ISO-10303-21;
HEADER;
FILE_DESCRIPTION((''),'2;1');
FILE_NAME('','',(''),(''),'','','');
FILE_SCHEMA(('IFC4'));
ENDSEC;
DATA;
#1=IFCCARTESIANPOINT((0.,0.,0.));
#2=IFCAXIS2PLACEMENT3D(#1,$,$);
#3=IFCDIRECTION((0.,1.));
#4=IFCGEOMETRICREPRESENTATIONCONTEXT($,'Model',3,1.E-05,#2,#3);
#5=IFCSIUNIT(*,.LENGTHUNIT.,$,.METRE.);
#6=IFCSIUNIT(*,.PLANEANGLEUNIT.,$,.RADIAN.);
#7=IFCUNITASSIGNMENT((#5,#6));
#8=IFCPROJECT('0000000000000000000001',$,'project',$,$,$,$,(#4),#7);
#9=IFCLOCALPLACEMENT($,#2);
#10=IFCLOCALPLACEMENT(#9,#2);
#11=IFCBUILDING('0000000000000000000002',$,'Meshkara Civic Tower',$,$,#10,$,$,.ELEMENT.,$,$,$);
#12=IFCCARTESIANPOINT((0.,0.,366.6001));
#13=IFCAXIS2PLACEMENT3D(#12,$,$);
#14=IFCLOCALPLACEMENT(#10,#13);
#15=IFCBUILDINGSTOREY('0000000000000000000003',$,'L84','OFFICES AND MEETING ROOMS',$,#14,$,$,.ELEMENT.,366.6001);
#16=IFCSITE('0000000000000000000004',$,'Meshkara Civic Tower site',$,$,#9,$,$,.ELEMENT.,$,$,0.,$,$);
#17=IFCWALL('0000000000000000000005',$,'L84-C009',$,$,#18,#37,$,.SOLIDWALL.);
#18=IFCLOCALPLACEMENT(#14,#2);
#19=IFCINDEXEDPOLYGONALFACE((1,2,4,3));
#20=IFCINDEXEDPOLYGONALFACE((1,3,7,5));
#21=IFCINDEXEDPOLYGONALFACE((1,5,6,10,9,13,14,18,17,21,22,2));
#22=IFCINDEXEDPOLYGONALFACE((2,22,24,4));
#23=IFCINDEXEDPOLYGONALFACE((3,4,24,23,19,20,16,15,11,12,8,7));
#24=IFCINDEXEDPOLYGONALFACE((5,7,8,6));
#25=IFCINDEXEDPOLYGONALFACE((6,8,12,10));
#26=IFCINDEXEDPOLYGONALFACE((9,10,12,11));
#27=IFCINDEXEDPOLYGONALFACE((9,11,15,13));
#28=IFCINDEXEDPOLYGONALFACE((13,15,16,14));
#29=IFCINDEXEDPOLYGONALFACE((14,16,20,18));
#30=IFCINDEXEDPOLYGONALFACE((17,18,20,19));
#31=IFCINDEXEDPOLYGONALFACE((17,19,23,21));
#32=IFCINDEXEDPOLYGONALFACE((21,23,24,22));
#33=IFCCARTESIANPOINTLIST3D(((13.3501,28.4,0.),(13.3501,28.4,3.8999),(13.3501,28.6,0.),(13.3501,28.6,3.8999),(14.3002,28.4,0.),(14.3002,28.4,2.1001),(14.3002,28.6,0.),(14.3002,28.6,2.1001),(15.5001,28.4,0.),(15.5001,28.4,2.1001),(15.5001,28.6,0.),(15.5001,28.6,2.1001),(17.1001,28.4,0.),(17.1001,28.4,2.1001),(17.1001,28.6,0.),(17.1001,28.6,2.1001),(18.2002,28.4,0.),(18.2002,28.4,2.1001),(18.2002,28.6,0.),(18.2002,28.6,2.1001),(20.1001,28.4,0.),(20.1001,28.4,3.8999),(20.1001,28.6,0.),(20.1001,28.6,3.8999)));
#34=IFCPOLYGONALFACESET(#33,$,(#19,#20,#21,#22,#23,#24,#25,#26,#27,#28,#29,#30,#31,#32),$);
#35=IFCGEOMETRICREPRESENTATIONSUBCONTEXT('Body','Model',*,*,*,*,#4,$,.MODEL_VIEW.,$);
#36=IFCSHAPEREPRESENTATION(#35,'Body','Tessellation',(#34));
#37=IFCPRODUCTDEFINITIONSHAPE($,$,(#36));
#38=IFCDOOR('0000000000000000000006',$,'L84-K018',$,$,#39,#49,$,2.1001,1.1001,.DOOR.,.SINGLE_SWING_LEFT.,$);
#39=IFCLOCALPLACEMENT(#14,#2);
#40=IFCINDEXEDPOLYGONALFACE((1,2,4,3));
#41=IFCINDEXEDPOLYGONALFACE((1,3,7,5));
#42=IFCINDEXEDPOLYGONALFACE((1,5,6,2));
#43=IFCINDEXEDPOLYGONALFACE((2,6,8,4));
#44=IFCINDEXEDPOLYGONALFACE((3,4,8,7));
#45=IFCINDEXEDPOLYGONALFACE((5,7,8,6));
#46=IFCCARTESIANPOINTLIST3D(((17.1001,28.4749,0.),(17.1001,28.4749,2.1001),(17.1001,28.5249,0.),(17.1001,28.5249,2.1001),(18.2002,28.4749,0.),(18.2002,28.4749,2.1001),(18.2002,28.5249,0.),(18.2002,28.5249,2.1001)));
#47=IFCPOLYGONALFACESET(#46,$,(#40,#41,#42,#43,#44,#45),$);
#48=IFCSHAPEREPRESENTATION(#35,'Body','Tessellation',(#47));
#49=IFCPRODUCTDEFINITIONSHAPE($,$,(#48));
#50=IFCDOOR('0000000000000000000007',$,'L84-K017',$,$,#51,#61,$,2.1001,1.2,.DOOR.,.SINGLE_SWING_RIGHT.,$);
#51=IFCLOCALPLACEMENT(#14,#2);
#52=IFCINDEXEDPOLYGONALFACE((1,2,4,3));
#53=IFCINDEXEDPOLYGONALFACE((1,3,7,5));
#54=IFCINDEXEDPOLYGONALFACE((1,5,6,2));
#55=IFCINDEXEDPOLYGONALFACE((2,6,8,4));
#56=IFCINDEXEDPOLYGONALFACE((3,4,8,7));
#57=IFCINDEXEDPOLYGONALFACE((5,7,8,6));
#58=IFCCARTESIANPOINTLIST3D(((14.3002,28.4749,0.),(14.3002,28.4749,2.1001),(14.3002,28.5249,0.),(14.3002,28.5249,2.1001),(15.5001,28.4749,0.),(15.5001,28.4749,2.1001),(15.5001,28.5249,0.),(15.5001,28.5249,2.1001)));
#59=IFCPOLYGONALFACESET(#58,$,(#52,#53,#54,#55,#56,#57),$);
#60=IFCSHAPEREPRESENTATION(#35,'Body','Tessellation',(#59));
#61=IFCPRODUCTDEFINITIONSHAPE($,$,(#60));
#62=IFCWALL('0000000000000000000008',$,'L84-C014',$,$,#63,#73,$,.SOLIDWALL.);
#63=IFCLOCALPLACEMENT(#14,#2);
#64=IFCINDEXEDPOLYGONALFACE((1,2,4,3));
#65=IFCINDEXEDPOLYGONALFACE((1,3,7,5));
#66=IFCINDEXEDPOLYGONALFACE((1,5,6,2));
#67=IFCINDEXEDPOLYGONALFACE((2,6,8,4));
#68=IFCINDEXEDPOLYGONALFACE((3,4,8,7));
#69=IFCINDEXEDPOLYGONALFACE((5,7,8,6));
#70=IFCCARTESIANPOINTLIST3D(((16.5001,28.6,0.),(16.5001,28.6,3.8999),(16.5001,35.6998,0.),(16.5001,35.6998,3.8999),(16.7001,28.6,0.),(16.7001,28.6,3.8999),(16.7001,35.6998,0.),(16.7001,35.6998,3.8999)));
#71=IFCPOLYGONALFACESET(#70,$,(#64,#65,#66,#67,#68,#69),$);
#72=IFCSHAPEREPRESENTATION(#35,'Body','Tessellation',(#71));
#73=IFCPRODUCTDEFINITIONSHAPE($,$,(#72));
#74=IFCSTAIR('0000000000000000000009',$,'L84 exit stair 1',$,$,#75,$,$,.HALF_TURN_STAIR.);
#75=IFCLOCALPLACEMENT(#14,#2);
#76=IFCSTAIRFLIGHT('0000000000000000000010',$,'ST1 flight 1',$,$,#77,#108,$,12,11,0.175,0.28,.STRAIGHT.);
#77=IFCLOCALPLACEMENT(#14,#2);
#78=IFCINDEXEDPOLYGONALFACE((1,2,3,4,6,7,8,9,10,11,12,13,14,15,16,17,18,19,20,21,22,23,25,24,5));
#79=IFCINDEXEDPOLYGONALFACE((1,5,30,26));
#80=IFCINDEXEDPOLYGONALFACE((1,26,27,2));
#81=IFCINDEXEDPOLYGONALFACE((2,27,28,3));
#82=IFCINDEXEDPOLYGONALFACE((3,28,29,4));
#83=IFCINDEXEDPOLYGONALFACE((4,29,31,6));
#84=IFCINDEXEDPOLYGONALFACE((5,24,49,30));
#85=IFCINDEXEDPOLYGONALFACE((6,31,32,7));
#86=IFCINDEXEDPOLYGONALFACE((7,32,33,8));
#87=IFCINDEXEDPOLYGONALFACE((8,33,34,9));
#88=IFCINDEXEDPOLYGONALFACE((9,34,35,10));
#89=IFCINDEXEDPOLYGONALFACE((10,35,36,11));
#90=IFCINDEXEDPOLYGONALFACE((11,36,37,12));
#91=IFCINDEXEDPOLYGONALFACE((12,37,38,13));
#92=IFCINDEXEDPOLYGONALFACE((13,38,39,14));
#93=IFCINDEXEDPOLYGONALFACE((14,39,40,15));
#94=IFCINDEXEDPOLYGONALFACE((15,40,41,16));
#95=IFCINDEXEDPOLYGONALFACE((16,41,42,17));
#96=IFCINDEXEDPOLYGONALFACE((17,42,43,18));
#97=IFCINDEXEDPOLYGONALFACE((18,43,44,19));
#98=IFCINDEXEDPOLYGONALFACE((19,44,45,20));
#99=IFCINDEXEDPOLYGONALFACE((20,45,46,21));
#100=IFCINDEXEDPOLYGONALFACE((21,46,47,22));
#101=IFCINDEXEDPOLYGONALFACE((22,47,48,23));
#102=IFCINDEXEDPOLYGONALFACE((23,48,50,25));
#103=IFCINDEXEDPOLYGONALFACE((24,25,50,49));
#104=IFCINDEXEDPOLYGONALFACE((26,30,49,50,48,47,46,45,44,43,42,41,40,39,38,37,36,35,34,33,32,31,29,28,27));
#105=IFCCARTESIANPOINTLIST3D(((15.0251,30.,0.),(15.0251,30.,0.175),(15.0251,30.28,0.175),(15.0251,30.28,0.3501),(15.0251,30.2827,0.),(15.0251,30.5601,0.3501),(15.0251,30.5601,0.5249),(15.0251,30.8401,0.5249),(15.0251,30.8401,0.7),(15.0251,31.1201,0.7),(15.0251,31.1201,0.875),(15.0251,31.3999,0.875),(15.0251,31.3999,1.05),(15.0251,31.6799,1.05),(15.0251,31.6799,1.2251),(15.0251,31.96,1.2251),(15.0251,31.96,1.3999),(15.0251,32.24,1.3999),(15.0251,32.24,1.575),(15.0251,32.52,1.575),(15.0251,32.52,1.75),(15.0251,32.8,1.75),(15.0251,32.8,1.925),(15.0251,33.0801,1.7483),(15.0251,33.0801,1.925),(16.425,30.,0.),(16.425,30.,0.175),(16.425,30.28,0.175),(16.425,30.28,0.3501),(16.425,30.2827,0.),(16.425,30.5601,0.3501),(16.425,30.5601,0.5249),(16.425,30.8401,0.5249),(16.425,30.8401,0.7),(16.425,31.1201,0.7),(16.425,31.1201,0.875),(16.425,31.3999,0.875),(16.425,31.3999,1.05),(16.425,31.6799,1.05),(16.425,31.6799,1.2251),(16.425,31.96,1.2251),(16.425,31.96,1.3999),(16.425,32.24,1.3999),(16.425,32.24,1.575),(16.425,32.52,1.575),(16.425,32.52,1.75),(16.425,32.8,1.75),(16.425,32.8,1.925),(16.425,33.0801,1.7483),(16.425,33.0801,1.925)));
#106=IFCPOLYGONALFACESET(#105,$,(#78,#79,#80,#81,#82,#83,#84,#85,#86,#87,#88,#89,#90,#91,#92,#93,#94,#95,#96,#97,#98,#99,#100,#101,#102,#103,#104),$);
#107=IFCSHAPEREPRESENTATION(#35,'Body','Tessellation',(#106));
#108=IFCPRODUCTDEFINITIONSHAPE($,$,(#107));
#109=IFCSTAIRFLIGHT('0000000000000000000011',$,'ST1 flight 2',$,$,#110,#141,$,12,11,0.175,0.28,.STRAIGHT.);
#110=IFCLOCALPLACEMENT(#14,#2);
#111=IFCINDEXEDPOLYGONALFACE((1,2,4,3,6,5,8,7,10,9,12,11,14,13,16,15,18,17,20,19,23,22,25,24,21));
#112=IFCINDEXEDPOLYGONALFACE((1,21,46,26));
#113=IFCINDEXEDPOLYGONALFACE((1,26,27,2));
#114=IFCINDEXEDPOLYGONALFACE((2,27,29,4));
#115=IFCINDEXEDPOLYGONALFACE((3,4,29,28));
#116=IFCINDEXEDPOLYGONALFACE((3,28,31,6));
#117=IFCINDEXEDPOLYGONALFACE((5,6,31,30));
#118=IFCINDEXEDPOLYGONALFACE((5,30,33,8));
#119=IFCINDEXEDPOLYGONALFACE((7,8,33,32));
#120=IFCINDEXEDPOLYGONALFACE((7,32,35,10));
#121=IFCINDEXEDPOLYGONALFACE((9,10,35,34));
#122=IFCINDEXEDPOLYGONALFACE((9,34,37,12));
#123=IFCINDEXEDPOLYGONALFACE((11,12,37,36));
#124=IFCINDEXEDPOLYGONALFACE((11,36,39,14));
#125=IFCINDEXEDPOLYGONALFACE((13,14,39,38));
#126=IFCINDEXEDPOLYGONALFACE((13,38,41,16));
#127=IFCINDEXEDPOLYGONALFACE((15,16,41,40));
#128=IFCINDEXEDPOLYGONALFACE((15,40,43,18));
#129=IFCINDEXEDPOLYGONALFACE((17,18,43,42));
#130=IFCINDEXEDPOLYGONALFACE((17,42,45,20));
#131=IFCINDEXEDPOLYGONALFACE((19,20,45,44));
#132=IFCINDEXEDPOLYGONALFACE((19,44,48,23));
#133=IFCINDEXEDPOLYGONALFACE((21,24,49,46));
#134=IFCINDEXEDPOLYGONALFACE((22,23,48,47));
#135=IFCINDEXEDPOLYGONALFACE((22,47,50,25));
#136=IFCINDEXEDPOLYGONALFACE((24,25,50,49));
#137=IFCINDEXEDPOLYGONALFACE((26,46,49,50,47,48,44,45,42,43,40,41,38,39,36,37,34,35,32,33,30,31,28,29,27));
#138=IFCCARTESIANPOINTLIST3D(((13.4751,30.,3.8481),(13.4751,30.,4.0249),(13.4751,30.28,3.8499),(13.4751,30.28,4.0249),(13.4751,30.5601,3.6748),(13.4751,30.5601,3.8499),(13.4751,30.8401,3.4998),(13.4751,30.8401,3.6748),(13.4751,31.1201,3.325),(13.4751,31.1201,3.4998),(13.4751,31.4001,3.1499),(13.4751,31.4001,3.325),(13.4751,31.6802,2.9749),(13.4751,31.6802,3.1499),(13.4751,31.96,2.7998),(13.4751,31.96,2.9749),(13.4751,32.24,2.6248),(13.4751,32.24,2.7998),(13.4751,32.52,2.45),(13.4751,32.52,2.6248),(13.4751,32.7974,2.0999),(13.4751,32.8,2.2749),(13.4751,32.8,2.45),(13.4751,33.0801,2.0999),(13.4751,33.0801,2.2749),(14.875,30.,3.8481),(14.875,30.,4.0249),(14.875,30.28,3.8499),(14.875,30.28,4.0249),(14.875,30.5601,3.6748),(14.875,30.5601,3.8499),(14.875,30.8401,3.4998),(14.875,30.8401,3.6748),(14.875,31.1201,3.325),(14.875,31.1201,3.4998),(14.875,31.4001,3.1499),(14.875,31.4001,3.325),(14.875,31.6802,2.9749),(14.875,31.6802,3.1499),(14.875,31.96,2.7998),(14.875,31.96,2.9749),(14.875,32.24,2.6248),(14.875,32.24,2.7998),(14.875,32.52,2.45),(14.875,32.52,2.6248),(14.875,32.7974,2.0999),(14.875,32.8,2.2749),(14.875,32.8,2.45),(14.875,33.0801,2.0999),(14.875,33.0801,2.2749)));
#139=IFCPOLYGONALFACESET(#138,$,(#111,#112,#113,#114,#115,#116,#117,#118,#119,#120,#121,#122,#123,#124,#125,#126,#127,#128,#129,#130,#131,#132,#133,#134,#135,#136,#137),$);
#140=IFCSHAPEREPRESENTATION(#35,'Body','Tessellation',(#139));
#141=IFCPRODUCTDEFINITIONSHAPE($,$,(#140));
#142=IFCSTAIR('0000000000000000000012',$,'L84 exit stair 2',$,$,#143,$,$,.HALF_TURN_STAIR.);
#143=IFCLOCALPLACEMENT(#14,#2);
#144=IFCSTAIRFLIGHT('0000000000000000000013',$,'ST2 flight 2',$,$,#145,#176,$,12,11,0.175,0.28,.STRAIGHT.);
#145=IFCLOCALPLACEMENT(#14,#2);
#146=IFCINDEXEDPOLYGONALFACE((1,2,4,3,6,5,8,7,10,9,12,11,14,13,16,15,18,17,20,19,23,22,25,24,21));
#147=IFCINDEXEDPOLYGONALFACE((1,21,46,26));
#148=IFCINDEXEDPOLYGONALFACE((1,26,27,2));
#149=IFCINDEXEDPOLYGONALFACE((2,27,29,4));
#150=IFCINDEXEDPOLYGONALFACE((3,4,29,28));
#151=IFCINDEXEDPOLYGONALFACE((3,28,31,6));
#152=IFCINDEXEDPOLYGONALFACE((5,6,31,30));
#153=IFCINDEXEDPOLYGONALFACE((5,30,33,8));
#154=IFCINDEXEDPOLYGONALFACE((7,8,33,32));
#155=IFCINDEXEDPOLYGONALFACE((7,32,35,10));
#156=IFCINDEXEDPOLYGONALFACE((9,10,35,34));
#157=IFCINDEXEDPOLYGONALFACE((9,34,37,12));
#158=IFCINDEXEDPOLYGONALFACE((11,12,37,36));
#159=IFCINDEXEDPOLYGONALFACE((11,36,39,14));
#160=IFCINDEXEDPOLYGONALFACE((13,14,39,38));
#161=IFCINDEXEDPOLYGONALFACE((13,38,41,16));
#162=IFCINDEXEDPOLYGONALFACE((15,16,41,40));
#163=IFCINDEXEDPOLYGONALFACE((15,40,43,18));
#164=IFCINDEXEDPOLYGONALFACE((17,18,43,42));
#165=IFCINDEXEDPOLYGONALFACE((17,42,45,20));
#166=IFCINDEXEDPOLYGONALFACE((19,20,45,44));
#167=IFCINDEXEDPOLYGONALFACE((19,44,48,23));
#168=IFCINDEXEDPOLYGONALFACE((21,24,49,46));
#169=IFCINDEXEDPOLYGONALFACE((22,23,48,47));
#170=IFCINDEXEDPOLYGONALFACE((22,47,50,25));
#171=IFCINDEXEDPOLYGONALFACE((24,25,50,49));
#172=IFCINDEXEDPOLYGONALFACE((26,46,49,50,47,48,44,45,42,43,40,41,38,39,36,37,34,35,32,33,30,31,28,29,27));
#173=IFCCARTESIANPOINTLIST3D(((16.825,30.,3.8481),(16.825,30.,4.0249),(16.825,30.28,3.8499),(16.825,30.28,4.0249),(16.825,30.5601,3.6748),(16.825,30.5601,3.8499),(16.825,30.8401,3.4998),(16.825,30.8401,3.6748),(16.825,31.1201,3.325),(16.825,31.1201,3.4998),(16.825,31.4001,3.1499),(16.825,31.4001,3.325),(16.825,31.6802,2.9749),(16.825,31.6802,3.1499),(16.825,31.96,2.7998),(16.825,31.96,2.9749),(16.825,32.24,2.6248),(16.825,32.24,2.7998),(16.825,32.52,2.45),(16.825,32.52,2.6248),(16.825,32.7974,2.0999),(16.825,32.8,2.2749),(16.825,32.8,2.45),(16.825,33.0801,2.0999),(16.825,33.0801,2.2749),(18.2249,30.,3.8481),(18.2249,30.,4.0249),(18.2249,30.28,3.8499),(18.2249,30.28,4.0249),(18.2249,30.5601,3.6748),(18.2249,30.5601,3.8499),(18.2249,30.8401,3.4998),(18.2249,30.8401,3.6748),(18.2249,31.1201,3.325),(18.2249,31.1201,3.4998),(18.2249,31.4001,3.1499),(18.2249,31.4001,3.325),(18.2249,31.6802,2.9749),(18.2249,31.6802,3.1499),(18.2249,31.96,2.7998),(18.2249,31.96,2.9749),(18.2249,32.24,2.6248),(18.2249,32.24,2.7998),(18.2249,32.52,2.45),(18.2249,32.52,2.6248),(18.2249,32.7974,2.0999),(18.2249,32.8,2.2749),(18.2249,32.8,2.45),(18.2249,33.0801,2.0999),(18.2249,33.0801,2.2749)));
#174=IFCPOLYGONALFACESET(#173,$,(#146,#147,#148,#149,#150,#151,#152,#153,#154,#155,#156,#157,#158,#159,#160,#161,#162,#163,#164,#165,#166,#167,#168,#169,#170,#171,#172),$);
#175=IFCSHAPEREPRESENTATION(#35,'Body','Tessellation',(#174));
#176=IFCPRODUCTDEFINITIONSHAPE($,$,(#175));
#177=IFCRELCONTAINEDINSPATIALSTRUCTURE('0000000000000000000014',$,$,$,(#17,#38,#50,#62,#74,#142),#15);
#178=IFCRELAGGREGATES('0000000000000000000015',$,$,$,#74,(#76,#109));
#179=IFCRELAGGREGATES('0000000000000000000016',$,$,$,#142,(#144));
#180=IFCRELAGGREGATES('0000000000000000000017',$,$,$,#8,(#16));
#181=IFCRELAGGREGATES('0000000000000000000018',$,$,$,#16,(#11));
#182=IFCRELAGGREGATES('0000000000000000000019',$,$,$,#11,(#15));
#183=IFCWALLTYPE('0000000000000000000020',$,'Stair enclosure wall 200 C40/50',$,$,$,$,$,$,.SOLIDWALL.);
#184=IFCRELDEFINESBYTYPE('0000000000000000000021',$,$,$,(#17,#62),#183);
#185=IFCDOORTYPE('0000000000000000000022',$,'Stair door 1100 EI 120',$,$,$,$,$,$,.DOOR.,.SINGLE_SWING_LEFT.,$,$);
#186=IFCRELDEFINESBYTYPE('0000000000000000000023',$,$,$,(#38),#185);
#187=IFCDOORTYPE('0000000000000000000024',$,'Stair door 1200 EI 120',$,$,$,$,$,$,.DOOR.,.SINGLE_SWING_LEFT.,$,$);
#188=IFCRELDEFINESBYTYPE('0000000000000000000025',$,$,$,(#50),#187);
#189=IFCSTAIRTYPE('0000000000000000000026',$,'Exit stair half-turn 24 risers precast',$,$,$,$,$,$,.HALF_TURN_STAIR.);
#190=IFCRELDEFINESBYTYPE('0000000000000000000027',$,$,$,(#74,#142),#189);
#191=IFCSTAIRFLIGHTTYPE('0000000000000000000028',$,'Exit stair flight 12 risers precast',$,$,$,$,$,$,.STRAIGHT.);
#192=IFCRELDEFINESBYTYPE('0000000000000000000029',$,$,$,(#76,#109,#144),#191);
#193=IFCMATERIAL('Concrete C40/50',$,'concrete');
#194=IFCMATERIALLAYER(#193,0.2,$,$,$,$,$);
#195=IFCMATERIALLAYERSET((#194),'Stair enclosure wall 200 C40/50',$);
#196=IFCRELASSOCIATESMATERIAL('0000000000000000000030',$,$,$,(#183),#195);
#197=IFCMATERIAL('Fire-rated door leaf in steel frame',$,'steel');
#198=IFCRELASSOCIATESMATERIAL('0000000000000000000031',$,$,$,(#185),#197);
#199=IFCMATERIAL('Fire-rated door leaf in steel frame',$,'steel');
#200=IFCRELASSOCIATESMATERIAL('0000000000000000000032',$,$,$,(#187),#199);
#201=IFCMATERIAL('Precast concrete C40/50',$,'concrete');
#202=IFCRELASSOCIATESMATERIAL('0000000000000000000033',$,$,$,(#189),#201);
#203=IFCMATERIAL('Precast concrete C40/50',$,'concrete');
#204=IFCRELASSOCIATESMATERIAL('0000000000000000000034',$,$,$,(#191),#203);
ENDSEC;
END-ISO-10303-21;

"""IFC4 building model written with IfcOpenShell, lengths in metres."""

from ifc_helpers import new_model, si_unit, direction, frame, frame_2d, origin, place, context, subcontext, project, spatial, polyline, rectangle, outline, extrude, material, layer, layer_set, type_object, element, fill, aggregate, save


model = new_model("IFC4")

# Units and contexts
model_context = context("Model", 3, precision=1e-05, world=origin(), true_north=direction((0.0, 1.0)))
body_context = subcontext(model_context, "Body", "Model", "MODEL_VIEW")
ifc_project = project(units=[si_unit("LENGTHUNIT", "METRE"), si_unit("PLANEANGLEUNIT", "RADIAN")], contexts=[model_context])

# Site, building, storey
site_placement = place(None, origin())
site = spatial("IfcSite", under=ifc_project, at=site_placement, Name="Meshkara Civic Tower site", CompositionType="ELEMENT", RefElevation=0.0)
building_placement = place(site_placement, origin())
building = spatial("IfcBuilding", under=site, at=building_placement, Name="Meshkara Civic Tower", CompositionType="ELEMENT")
storey_placement = place(building_placement, frame((0.0, 0.0, 366.6001)))
storey = spatial("IfcBuildingStorey", under=building, at=storey_placement, Name="L84", Description="OFFICES AND MEETING ROOMS", CompositionType="ELEMENT", Elevation=366.6001)

# Wall, openings, doors
ifc_material_1 = material(Name="Concrete C40/50", Category="concrete")
ifc_layer_1 = layer(ifc_material_1, 0.2)
ifc_layer_set_1 = layer_set([ifc_layer_1], Name="Stair enclosure wall 200 C40/50")
wall_type_1 = type_object("IfcWallType", Name="Stair enclosure wall 200 C40/50", PredefinedType="SOLIDWALL", material=ifc_layer_set_1)
wall_1_placement = place(storey_placement, frame((13.3501, 28.5, 0.0), z_axis=(0.0, 0.0, 1.0), x_axis=(1.0, 0.0, 0.0)))
wall_1 = element("IfcWall", 1, at=wall_1_placement, inside=storey, type_object=wall_type_1, Name="L84-C009", PredefinedType="SOLIDWALL", context=body_context, shape_type="SweptSolid", body=[
    extrude(rectangle(XDim=6.75, YDim=0.2, at=frame_2d((3.375, 0.0))), origin(), (0.0, 0.0, 1.0), 3.8999),
])
opening_1_placement = place(wall_1_placement, frame((0.95, 0.0, 0.0)))
opening_1 = element("IfcOpeningElement", 2, at=opening_1_placement, cuts=wall_1, PredefinedType="OPENING", context=body_context, shape_type="SweptSolid", body=[
    extrude(rectangle(XDim=1.2, YDim=2.1001, at=frame_2d((0.6001, 1.05))), frame((0.0, 0.1099, 0.0), z_axis=(0.0, -1.0, 0.0), x_axis=(1.0, 0.0, 0.0)), (0.0, 0.0, 1.0), 0.22),
])
opening_2_placement = place(wall_1_placement, frame((3.75, 0.0, 0.0)))
opening_2 = element("IfcOpeningElement", 3, at=opening_2_placement, cuts=wall_1, PredefinedType="OPENING", context=body_context, shape_type="SweptSolid", body=[
    extrude(rectangle(XDim=1.1001, YDim=2.1001, at=frame_2d((0.55, 1.05))), frame((0.0, 0.1099, 0.0), z_axis=(0.0, -1.0, 0.0), x_axis=(1.0, 0.0, 0.0)), (0.0, 0.0, 1.0), 0.22),
])
ifc_material_2 = material(Name="Fire-rated door leaf in steel frame", Category="steel")
door_type_1 = type_object("IfcDoorType", Name="Stair door 1100 EI 120", OperationType="SINGLE_SWING_LEFT", PredefinedType="DOOR", material=ifc_material_2)
door_1_placement = place(opening_2_placement, origin())
door_1 = element("IfcDoor", 4, at=door_1_placement, inside=storey, type_object=door_type_1, Name="L84-K018", OperationType="SINGLE_SWING_LEFT", OverallHeight=2.1001, OverallWidth=1.1001, PredefinedType="DOOR", context=body_context, shape_type="SweptSolid", body=[
    extrude(rectangle(XDim=1.1001, YDim=2.1001, at=frame_2d((0.55, 1.05))), frame((0.0, 0.0249, 0.0), z_axis=(0.0, -1.0, 0.0), x_axis=(1.0, 0.0, 0.0)), (0.0, 0.0, 1.0), 0.05),
])
fill(opening_2, door_1)
ifc_material_3 = material(Name="Fire-rated door leaf in steel frame", Category="steel")
door_type_2 = type_object("IfcDoorType", Name="Stair door 1200 EI 120", OperationType="SINGLE_SWING_LEFT", PredefinedType="DOOR", material=ifc_material_3)
door_2_placement = place(opening_1_placement, origin())
door_2 = element("IfcDoor", 5, at=door_2_placement, inside=storey, type_object=door_type_2, Name="L84-K017", OperationType="SINGLE_SWING_RIGHT", OverallHeight=2.1001, OverallWidth=1.2, PredefinedType="DOOR", context=body_context, shape_type="SweptSolid", body=[
    extrude(rectangle(XDim=1.2, YDim=2.1001, at=frame_2d((0.6001, 1.05))), frame((0.0, 0.0249, 0.0), z_axis=(0.0, -1.0, 0.0), x_axis=(1.0, 0.0, 0.0)), (0.0, 0.0, 1.0), 0.05),
])
fill(opening_1, door_2)

# Wall
wall_2_placement = place(storey_placement, frame((16.6001, 28.6001, 0.0), z_axis=(0.0, 0.0, 1.0), x_axis=(0.0, 1.0, 0.0)))
element("IfcWall", 6, at=wall_2_placement, inside=storey, type_object=wall_type_1, Name="L84-C014", PredefinedType="SOLIDWALL", context=body_context, shape_type="SweptSolid", body=[
    extrude(rectangle(XDim=7.0999, YDim=0.2, at=frame_2d((3.5498, 0.0))), origin(), (0.0, 0.0, 1.0), 3.8999),
])

# Stair, stair flights
ifc_material_4 = material(Name="Precast concrete C40/50", Category="concrete")
stair_type = type_object("IfcStairType", Name="Exit stair half-turn 24 risers precast", PredefinedType="HALF_TURN_STAIR", material=ifc_material_4)
stair_1_placement = place(storey_placement, origin())
stair_1 = element("IfcStair", 7, at=stair_1_placement, inside=storey, type_object=stair_type, Name="L84 exit stair 1", PredefinedType="HALF_TURN_STAIR")
ifc_material_5 = material(Name="Precast concrete C40/50", Category="concrete")
stair_flight_type = type_object("IfcStairFlightType", Name="Exit stair flight 12 risers precast", PredefinedType="STRAIGHT", material=ifc_material_5)
stair_flight_1_placement = place(storey_placement, frame((15.7251, 30.0, 0.0), z_axis=(0.0, 0.0, 1.0), x_axis=(0.0, 1.0, 0.0)))
stair_flight_1 = element("IfcStairFlight", 8, at=stair_flight_1_placement, type_object=stair_flight_type, Name="ST1 flight 1", NumberOfRisers=12, NumberOfTreads=11, PredefinedType="STRAIGHT", RiserHeight=0.175, TreadLength=0.28, context=body_context, shape_type="SweptSolid", body=[
    extrude(outline(polyline([(0.0, 0.0), (0.0, 0.175), (0.28, 0.175), (0.28, 0.3501), (0.5601, 0.3501), (0.5601, 0.5249), (0.8401, 0.5249), (0.8401, 0.7), (1.1201, 0.7), (1.1201, 0.875), (1.3999, 0.875), (1.3999, 1.05), (1.6799, 1.05), (1.6799, 1.2251), (1.96, 1.2251), (1.96, 1.3999), (2.24, 1.3999), (2.24, 1.575), (2.52, 1.575), (2.52, 1.75), (2.8, 1.75), (2.8, 1.925), (3.0801, 1.925), (3.0801, 2.1001), (3.0801, 1.7483), (0.2827, 0.0), (0.0, 0.0)])), frame((0.0, 0.7, 0.0), z_axis=(0.0, -1.0, 0.0), x_axis=(1.0, 0.0, 0.0)), (0.0, 0.0, 1.0), 1.3999),
])
stair_flight_2_placement = place(storey_placement, frame((14.175, 33.0801, 2.0999), z_axis=(0.0, 0.0, 1.0), x_axis=(0.0, -1.0, 0.0)))
stair_flight_2 = element("IfcStairFlight", 9, at=stair_flight_2_placement, type_object=stair_flight_type, Name="ST1 flight 2", NumberOfRisers=12, NumberOfTreads=11, PredefinedType="STRAIGHT", RiserHeight=0.175, TreadLength=0.28, context=body_context, shape_type="SweptSolid", body=[
    extrude(outline(polyline([(0.0, 0.0), (0.0, 0.175), (0.28, 0.175), (0.28, 0.3501), (0.5601, 0.3501), (0.5601, 0.5249), (0.8401, 0.5249), (0.8401, 0.7), (1.1201, 0.7), (1.1201, 0.875), (1.3999, 0.875), (1.3999, 1.05), (1.6799, 1.05), (1.6799, 1.2251), (1.96, 1.2251), (1.96, 1.3999), (2.24, 1.3999), (2.24, 1.575), (2.52, 1.575), (2.52, 1.75), (2.8, 1.75), (2.8, 1.925), (3.0801, 1.925), (3.0801, 2.1001), (3.0801, 1.7483), (0.2827, 0.0), (0.0, 0.0)])), frame((0.0, 0.7, 0.0), z_axis=(0.0, -1.0, 0.0), x_axis=(1.0, 0.0, 0.0)), (0.0, 0.0, 1.0), 1.3999),
])
aggregate(stair_1, [stair_flight_1, stair_flight_2])

# Stair, stair flight
stair_2_placement = place(storey_placement, origin())
stair_2 = element("IfcStair", 10, at=stair_2_placement, inside=storey, type_object=stair_type, Name="L84 exit stair 2", PredefinedType="HALF_TURN_STAIR")
stair_flight_3_placement = place(storey_placement, frame((17.5249, 33.0801, 2.0999), z_axis=(0.0, 0.0, 1.0), x_axis=(0.0, -1.0, 0.0)))
stair_flight_3 = element("IfcStairFlight", 11, at=stair_flight_3_placement, type_object=stair_flight_type, Name="ST2 flight 2", NumberOfRisers=12, NumberOfTreads=11, PredefinedType="STRAIGHT", RiserHeight=0.175, TreadLength=0.28, context=body_context, shape_type="SweptSolid", body=[
    extrude(outline(polyline([(0.0, 0.0), (0.0, 0.175), (0.28, 0.175), (0.28, 0.3501), (0.5601, 0.3501), (0.5601, 0.5249), (0.8401, 0.5249), (0.8401, 0.7), (1.1201, 0.7), (1.1201, 0.875), (1.3999, 0.875), (1.3999, 1.05), (1.6799, 1.05), (1.6799, 1.2251), (1.96, 1.2251), (1.96, 1.3999), (2.24, 1.3999), (2.24, 1.575), (2.52, 1.575), (2.52, 1.75), (2.8, 1.75), (2.8, 1.925), (3.0801, 1.925), (3.0801, 2.1001), (3.0801, 1.7483), (0.2827, 0.0), (0.0, 0.0)])), frame((0.0, 0.7, 0.0), z_axis=(0.0, -1.0, 0.0), x_axis=(1.0, 0.0, 0.0)), (0.0, 0.0, 1.0), 1.3999),
])
aggregate(stair_2, [stair_flight_3])

save(model, "model.ifc")
